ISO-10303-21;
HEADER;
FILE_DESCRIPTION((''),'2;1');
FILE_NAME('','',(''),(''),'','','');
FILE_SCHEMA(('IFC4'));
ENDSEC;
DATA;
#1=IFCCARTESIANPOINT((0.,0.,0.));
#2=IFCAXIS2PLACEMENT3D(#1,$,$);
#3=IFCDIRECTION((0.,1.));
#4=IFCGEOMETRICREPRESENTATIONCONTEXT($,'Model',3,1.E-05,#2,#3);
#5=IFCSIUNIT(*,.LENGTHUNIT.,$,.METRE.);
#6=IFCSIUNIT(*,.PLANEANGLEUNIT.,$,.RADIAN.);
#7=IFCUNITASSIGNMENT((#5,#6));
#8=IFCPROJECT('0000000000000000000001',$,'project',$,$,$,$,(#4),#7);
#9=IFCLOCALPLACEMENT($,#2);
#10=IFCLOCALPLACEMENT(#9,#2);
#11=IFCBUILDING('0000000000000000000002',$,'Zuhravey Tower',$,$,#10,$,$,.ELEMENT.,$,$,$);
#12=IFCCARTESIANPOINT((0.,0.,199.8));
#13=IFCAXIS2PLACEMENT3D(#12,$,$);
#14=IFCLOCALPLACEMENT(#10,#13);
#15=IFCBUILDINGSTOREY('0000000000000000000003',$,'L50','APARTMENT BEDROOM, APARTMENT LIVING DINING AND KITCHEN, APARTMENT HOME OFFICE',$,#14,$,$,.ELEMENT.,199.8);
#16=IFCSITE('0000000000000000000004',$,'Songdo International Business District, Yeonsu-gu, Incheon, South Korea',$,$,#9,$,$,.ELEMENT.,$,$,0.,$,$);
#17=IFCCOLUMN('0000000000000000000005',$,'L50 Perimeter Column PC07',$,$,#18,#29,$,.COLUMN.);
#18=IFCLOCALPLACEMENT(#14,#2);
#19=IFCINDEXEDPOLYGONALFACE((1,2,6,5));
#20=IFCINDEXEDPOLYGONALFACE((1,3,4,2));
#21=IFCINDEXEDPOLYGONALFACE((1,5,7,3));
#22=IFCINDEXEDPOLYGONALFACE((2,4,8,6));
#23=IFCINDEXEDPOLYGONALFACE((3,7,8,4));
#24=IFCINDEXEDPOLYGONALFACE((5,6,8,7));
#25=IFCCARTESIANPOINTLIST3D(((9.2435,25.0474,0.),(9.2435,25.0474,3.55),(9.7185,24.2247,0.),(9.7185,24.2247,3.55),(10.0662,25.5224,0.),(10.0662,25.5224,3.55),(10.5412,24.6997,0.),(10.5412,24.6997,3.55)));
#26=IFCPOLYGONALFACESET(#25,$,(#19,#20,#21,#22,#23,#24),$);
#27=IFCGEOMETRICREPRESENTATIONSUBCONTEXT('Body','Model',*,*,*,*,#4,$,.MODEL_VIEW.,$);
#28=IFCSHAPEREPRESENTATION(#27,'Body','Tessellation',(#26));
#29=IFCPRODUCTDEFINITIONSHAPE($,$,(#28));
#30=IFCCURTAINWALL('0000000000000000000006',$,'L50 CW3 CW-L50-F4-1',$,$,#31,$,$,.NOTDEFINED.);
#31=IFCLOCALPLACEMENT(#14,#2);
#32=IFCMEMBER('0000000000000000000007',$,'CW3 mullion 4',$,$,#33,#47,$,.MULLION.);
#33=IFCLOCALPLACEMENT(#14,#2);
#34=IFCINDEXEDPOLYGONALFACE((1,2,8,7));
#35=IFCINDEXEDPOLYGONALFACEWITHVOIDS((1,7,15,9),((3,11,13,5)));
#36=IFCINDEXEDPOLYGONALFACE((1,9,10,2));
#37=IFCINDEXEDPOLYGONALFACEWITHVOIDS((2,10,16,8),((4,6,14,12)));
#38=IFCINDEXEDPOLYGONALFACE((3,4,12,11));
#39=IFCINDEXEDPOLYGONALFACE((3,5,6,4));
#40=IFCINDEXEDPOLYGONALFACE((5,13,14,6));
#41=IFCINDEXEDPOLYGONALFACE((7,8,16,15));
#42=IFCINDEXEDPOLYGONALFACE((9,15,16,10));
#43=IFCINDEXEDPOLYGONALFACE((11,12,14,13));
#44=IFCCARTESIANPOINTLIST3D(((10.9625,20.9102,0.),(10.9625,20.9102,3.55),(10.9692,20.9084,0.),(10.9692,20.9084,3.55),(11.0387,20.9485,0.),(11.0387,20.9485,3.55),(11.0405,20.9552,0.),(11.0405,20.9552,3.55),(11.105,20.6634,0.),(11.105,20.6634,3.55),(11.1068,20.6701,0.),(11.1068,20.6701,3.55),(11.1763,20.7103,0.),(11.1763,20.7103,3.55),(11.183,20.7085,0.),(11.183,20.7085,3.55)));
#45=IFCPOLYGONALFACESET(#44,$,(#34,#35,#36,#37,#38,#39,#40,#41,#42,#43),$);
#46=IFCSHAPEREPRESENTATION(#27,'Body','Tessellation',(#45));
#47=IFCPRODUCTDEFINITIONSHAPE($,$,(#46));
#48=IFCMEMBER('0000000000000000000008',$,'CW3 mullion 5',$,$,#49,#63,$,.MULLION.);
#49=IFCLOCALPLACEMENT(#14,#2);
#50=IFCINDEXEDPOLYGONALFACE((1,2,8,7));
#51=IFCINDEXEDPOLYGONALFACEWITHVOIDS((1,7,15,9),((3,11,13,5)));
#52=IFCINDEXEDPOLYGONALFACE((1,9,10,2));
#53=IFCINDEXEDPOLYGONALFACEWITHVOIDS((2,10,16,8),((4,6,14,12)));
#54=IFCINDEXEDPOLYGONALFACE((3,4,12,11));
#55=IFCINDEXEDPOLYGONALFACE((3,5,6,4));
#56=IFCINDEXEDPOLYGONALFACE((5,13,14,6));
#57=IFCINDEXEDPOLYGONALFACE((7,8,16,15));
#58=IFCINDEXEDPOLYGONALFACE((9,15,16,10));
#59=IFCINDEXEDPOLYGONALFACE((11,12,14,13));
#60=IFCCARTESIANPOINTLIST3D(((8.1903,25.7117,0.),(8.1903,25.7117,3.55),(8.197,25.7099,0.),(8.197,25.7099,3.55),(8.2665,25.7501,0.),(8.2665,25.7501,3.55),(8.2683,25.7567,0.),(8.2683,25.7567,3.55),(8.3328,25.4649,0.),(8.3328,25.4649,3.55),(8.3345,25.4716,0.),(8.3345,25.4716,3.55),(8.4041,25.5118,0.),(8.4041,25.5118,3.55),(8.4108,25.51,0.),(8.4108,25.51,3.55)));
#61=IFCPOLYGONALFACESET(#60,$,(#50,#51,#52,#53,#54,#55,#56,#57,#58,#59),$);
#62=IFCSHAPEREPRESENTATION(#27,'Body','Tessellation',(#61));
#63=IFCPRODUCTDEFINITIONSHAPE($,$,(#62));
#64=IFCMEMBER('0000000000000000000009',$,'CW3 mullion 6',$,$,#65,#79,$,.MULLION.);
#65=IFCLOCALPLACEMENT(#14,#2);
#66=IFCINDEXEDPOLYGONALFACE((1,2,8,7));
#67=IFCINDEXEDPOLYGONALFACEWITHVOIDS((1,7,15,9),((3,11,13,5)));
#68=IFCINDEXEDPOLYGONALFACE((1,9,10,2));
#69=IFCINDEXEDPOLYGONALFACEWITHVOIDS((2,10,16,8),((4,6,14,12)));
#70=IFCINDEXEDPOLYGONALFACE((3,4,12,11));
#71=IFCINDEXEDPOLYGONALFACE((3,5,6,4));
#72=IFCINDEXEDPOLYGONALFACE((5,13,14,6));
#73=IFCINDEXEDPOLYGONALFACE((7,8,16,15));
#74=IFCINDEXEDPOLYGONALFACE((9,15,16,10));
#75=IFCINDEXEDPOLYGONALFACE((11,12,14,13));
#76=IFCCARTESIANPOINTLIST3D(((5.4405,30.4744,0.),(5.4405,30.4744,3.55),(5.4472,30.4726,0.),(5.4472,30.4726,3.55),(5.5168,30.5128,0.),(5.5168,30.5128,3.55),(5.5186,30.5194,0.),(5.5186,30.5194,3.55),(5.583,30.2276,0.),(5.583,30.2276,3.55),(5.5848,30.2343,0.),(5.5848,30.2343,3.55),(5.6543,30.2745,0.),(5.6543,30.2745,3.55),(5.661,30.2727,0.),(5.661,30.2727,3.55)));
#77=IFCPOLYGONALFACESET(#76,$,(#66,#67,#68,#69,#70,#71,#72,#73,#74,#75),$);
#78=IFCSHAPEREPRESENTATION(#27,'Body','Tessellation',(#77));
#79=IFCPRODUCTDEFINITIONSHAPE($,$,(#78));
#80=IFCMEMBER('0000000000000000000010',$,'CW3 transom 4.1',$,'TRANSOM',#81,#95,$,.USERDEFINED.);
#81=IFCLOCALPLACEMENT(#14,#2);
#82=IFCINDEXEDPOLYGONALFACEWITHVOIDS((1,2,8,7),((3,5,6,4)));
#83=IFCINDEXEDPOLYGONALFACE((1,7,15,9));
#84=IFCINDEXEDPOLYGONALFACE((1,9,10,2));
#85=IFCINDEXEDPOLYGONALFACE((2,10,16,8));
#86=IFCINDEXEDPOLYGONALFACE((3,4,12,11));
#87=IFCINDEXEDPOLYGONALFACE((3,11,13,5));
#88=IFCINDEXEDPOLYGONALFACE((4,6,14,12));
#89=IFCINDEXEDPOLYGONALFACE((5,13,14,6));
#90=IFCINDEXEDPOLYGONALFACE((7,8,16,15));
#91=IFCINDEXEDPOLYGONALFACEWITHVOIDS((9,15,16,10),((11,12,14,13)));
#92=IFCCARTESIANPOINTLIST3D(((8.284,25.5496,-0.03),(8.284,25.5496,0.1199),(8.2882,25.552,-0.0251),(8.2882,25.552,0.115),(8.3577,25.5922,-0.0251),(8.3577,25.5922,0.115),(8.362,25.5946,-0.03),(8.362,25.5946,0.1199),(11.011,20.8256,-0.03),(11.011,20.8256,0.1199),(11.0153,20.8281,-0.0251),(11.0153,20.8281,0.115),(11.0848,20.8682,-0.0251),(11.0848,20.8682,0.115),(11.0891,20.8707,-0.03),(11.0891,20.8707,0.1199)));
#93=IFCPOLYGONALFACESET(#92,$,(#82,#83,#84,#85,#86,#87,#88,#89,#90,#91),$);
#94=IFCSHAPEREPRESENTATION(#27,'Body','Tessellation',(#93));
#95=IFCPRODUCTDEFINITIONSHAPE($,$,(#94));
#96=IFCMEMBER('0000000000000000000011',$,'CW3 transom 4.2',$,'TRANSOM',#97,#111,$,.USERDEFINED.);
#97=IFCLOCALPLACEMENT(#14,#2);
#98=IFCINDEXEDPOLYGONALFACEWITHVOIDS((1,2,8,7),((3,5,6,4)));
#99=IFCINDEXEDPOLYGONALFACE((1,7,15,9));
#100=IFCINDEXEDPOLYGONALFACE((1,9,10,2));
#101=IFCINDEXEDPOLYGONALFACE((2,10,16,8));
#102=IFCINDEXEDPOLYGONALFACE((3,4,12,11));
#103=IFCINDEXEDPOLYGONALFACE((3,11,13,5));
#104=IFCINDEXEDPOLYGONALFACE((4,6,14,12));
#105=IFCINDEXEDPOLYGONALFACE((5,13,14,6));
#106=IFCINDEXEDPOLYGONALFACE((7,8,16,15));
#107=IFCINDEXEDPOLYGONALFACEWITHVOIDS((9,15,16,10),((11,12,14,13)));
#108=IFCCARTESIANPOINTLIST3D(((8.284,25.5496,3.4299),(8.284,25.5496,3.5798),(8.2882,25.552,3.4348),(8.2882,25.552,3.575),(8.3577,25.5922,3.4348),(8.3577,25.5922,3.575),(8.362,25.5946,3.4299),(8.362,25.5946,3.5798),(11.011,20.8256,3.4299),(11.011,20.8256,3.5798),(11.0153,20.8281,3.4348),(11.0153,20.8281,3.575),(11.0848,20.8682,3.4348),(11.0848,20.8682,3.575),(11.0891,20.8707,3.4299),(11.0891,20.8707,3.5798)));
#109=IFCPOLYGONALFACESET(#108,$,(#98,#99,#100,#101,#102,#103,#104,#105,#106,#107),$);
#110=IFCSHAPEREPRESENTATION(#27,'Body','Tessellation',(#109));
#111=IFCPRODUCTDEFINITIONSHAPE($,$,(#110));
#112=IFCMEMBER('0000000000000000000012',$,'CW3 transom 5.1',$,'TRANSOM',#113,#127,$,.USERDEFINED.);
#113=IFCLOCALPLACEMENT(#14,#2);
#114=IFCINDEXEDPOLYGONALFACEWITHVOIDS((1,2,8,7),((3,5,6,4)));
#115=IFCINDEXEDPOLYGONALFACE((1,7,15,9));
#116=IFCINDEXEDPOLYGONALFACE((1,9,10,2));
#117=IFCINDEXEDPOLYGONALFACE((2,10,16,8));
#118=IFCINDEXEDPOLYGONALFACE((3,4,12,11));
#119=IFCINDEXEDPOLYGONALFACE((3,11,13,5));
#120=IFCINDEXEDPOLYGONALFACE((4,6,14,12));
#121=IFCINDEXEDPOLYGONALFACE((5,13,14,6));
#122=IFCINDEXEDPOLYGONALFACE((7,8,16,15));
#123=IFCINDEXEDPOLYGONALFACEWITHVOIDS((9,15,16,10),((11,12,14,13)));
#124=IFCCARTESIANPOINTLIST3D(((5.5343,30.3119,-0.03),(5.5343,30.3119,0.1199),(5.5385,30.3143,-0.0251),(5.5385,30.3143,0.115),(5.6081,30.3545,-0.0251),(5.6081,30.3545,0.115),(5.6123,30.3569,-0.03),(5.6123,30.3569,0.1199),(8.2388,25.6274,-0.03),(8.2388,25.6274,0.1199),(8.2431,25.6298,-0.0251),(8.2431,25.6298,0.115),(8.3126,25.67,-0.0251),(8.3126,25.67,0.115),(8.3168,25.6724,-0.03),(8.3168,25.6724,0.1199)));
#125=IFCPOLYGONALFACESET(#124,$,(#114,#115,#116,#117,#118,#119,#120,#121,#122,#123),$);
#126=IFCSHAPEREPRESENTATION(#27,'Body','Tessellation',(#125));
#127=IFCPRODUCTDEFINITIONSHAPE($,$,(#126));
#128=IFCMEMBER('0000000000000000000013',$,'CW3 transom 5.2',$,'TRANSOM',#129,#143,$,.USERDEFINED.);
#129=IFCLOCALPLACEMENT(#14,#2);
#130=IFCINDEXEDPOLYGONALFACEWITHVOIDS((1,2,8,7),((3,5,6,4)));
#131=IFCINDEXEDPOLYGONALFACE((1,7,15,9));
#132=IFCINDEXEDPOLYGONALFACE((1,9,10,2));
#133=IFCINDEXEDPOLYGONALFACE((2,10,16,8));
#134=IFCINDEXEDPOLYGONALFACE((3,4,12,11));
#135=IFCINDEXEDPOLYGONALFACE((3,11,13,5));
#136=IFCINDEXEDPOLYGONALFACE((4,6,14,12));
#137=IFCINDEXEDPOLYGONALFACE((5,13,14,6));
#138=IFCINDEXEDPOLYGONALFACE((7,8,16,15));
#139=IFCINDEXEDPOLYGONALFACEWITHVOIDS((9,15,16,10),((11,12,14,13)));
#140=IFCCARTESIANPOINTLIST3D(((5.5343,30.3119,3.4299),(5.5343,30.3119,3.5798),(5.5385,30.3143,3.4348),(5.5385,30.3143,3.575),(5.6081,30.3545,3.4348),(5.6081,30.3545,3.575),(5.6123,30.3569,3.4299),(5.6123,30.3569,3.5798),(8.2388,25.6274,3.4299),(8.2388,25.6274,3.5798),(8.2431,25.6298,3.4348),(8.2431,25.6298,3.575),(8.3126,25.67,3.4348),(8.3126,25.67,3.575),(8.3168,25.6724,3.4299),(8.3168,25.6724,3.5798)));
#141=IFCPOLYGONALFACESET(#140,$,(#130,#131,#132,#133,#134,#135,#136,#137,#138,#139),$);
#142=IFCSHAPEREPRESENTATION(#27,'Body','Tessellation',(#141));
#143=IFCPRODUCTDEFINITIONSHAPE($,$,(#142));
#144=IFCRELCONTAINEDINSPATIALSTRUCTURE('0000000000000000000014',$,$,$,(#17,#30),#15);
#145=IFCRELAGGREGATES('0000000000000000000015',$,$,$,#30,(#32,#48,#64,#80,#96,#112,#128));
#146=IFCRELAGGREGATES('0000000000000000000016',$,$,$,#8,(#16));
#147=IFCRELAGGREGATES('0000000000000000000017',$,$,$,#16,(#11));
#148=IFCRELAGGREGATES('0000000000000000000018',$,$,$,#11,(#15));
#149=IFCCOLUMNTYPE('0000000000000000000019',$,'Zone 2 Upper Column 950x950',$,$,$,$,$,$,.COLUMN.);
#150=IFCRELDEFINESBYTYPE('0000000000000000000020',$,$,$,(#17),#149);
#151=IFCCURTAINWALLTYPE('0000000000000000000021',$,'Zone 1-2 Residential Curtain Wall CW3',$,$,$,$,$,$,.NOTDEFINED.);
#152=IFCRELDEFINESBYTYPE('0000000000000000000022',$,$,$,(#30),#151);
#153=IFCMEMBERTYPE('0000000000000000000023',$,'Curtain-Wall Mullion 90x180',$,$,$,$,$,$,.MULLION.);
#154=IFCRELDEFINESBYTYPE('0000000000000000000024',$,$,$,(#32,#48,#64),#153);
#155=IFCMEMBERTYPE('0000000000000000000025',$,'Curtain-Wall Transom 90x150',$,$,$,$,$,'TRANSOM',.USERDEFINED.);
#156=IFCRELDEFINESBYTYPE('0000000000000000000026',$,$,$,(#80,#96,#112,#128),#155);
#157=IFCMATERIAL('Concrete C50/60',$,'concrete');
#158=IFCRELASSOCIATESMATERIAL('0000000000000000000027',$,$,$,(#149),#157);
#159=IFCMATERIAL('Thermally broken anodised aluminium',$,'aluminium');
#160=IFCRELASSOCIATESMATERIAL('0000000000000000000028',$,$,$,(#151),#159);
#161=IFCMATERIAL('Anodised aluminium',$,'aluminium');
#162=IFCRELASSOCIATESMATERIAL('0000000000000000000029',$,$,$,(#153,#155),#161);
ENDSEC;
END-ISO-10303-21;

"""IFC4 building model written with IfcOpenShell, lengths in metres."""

from ifc_helpers import new_model, si_unit, direction, frame, origin, origin_2d, place, context, subcontext, project, spatial, rectangle, hollow_rectangle, extrude, material, material_profile, profile_set, type_object, element, aggregate, save


model = new_model("IFC4")

# Units and contexts
model_context = context("Model", 3, precision=1e-05, world=origin(), true_north=direction((0.0, 1.0)))
body_context = subcontext(model_context, "Body", "Model", "MODEL_VIEW")
ifc_project = project(units=[si_unit("LENGTHUNIT", "METRE"), si_unit("PLANEANGLEUNIT", "RADIAN")], contexts=[model_context])

# Site, building, storey
site_placement = place(None, origin())
site = spatial("IfcSite", under=ifc_project, at=site_placement, Name="Songdo International Business District, Yeonsu-gu, Incheon, South Korea", CompositionType="ELEMENT", RefElevation=0.0)
building_placement = place(site_placement, origin())
building = spatial("IfcBuilding", under=site, at=building_placement, Name="Zuhravey Tower", CompositionType="ELEMENT")
storey_placement = place(building_placement, frame((0.0, 0.0, 199.8)))
storey = spatial("IfcBuildingStorey", under=building, at=storey_placement, Name="L50", Description="APARTMENT BEDROOM, APARTMENT LIVING DINING AND KITCHEN, APARTMENT HOME OFFICE", CompositionType="ELEMENT", Elevation=199.8)

# Column
ifc_material_1 = material(Name="Concrete C50/60", Category="concrete")
ifc_material_profile_1 = material_profile(ifc_material_1, rectangle(XDim=0.95, YDim=0.95, at=origin_2d()), Name="RC-950x950")
ifc_profile_set_1 = profile_set([ifc_material_profile_1], Name="Concrete C50/60")
column_type = type_object("IfcColumnType", Name="Zone 2 Upper Column 950x950", PredefinedType="COLUMN", material=ifc_profile_set_1)
column_placement = place(storey_placement, frame((9.8923, 24.8735, 0.0), z_axis=(0.0, 0.0, 1.0), x_axis=(0.5, -0.866025, 0.0)))
element("IfcColumn", 1, at=column_placement, inside=storey, type_object=column_type, Name="L50 Perimeter Column PC07", PredefinedType="COLUMN", context=body_context, shape_type="SweptSolid", body=[
    extrude(rectangle(XDim=0.95, YDim=0.95, at=origin_2d()), origin(), (0.0, 0.0, 1.0), 3.55),
])

# Curtain wall, members
ifc_material_2 = material(Name="Thermally broken anodised aluminium", Category="aluminium")
curtain_wall_type = type_object("IfcCurtainWallType", Name="Zone 1-2 Residential Curtain Wall CW3", PredefinedType="NOTDEFINED", material=ifc_material_2)
curtain_wall_placement = place(storey_placement, origin())
curtain_wall = element("IfcCurtainWall", 2, at=curtain_wall_placement, inside=storey, type_object=curtain_wall_type, Name="L50 CW3 CW-L50-F4-1", PredefinedType="NOTDEFINED")
ifc_material_3 = material(Name="Anodised aluminium", Category="aluminium")
ifc_material_profile_2 = material_profile(ifc_material_3, hollow_rectangle(XDim=0.0901, YDim=0.2849, WallThickness=0.0049, at=origin_2d()), Name="ALU-RHS-90x285x5")
ifc_profile_set_2 = profile_set([ifc_material_profile_2], Name="Anodised aluminium")
member_type_1 = type_object("IfcMemberType", Name="Curtain-Wall Mullion 90x180", PredefinedType="MULLION", material=ifc_profile_set_2)
member_1_placement = place(storey_placement, frame((11.0728, 20.8093, 0.0), z_axis=(0.0, 0.0, 1.0), x_axis=(-0.866025, -0.5, 0.0)))
member_1 = element("IfcMember", 3, at=member_1_placement, type_object=member_type_1, Name="CW3 mullion 4", PredefinedType="MULLION", context=body_context, shape_type="SweptSolid", body=[
    extrude(hollow_rectangle(XDim=0.0901, YDim=0.2849, WallThickness=0.0049, at=origin_2d()), origin(), (0.0, 0.0, 1.0), 3.55),
])
member_2_placement = place(storey_placement, frame((8.3005, 25.6108, 0.0), z_axis=(0.0, 0.0, 1.0), x_axis=(-0.866025, -0.5, 0.0)))
member_2 = element("IfcMember", 4, at=member_2_placement, type_object=member_type_1, Name="CW3 mullion 5", PredefinedType="MULLION", context=body_context, shape_type="SweptSolid", body=[
    extrude(hollow_rectangle(XDim=0.0901, YDim=0.2849, WallThickness=0.0049, at=origin_2d()), origin(), (0.0, 0.0, 1.0), 3.55),
])
member_3_placement = place(storey_placement, frame((5.5508, 30.3735, 0.0), z_axis=(0.0, 0.0, 1.0), x_axis=(-0.866025, -0.5, 0.0)))
member_3 = element("IfcMember", 5, at=member_3_placement, type_object=member_type_1, Name="CW3 mullion 6", PredefinedType="MULLION", context=body_context, shape_type="SweptSolid", body=[
    extrude(hollow_rectangle(XDim=0.0901, YDim=0.2849, WallThickness=0.0049, at=origin_2d()), origin(), (0.0, 0.0, 1.0), 3.55),
])
ifc_material_profile_3 = material_profile(ifc_material_3, hollow_rectangle(XDim=0.0901, YDim=0.1499, WallThickness=0.0049, at=origin_2d()), Name="ALU-RHS-90x150x5")
ifc_profile_set_3 = profile_set([ifc_material_profile_3], Name="Anodised aluminium")
member_type_2 = type_object("IfcMemberType", Name="Curtain-Wall Transom 90x150", ElementType="TRANSOM", PredefinedType="USERDEFINED", material=ifc_profile_set_3)
member_4_placement = place(storey_placement, frame((11.05, 20.8481, 0.0449), z_axis=(-0.499961, 0.866048, 0.0), x_axis=(-0.866048, -0.499961, 0.0)))
member_4 = element("IfcMember", 6, at=member_4_placement, type_object=member_type_2, Name="CW3 transom 4.1", ObjectType="TRANSOM", PredefinedType="USERDEFINED", context=body_context, shape_type="SweptSolid", body=[
    extrude(hollow_rectangle(XDim=0.0901, YDim=0.1499, WallThickness=0.0049, at=origin_2d()), origin(), (0.0, 0.0, 1.0), 5.4546),
])
member_5_placement = place(storey_placement, frame((11.05, 20.8481, 3.5049), z_axis=(-0.499961, 0.866048, 0.0), x_axis=(-0.866048, -0.499961, 0.0)))
member_5 = element("IfcMember", 7, at=member_5_placement, type_object=member_type_2, Name="CW3 transom 4.2", ObjectType="TRANSOM", PredefinedType="USERDEFINED", context=body_context, shape_type="SweptSolid", body=[
    extrude(hollow_rectangle(XDim=0.0901, YDim=0.1499, WallThickness=0.0049, at=origin_2d()), origin(), (0.0, 0.0, 1.0), 5.4546),
])
member_6_placement = place(storey_placement, frame((8.2778, 25.6499, 0.0449), z_axis=(-0.499993, 0.866029, 0.0), x_axis=(-0.866029, -0.499993, 0.0)))
member_6 = element("IfcMember", 8, at=member_6_placement, type_object=member_type_2, Name="CW3 transom 5.1", ObjectType="TRANSOM", PredefinedType="USERDEFINED", context=body_context, shape_type="SweptSolid", body=[
    extrude(hollow_rectangle(XDim=0.0901, YDim=0.1499, WallThickness=0.0049, at=origin_2d()), origin(), (0.0, 0.0, 1.0), 5.4092),
])
member_7_placement = place(storey_placement, frame((8.2778, 25.6499, 3.5049), z_axis=(-0.499993, 0.866029, 0.0), x_axis=(-0.866029, -0.499993, 0.0)))
member_7 = element("IfcMember", 9, at=member_7_placement, type_object=member_type_2, Name="CW3 transom 5.2", ObjectType="TRANSOM", PredefinedType="USERDEFINED", context=body_context, shape_type="SweptSolid", body=[
    extrude(hollow_rectangle(XDim=0.0901, YDim=0.1499, WallThickness=0.0049, at=origin_2d()), origin(), (0.0, 0.0, 1.0), 5.4092),
])

aggregate(curtain_wall, [member_1, member_2, member_3, member_4, member_5, member_6, member_7])

save(model, "model.ifc")
